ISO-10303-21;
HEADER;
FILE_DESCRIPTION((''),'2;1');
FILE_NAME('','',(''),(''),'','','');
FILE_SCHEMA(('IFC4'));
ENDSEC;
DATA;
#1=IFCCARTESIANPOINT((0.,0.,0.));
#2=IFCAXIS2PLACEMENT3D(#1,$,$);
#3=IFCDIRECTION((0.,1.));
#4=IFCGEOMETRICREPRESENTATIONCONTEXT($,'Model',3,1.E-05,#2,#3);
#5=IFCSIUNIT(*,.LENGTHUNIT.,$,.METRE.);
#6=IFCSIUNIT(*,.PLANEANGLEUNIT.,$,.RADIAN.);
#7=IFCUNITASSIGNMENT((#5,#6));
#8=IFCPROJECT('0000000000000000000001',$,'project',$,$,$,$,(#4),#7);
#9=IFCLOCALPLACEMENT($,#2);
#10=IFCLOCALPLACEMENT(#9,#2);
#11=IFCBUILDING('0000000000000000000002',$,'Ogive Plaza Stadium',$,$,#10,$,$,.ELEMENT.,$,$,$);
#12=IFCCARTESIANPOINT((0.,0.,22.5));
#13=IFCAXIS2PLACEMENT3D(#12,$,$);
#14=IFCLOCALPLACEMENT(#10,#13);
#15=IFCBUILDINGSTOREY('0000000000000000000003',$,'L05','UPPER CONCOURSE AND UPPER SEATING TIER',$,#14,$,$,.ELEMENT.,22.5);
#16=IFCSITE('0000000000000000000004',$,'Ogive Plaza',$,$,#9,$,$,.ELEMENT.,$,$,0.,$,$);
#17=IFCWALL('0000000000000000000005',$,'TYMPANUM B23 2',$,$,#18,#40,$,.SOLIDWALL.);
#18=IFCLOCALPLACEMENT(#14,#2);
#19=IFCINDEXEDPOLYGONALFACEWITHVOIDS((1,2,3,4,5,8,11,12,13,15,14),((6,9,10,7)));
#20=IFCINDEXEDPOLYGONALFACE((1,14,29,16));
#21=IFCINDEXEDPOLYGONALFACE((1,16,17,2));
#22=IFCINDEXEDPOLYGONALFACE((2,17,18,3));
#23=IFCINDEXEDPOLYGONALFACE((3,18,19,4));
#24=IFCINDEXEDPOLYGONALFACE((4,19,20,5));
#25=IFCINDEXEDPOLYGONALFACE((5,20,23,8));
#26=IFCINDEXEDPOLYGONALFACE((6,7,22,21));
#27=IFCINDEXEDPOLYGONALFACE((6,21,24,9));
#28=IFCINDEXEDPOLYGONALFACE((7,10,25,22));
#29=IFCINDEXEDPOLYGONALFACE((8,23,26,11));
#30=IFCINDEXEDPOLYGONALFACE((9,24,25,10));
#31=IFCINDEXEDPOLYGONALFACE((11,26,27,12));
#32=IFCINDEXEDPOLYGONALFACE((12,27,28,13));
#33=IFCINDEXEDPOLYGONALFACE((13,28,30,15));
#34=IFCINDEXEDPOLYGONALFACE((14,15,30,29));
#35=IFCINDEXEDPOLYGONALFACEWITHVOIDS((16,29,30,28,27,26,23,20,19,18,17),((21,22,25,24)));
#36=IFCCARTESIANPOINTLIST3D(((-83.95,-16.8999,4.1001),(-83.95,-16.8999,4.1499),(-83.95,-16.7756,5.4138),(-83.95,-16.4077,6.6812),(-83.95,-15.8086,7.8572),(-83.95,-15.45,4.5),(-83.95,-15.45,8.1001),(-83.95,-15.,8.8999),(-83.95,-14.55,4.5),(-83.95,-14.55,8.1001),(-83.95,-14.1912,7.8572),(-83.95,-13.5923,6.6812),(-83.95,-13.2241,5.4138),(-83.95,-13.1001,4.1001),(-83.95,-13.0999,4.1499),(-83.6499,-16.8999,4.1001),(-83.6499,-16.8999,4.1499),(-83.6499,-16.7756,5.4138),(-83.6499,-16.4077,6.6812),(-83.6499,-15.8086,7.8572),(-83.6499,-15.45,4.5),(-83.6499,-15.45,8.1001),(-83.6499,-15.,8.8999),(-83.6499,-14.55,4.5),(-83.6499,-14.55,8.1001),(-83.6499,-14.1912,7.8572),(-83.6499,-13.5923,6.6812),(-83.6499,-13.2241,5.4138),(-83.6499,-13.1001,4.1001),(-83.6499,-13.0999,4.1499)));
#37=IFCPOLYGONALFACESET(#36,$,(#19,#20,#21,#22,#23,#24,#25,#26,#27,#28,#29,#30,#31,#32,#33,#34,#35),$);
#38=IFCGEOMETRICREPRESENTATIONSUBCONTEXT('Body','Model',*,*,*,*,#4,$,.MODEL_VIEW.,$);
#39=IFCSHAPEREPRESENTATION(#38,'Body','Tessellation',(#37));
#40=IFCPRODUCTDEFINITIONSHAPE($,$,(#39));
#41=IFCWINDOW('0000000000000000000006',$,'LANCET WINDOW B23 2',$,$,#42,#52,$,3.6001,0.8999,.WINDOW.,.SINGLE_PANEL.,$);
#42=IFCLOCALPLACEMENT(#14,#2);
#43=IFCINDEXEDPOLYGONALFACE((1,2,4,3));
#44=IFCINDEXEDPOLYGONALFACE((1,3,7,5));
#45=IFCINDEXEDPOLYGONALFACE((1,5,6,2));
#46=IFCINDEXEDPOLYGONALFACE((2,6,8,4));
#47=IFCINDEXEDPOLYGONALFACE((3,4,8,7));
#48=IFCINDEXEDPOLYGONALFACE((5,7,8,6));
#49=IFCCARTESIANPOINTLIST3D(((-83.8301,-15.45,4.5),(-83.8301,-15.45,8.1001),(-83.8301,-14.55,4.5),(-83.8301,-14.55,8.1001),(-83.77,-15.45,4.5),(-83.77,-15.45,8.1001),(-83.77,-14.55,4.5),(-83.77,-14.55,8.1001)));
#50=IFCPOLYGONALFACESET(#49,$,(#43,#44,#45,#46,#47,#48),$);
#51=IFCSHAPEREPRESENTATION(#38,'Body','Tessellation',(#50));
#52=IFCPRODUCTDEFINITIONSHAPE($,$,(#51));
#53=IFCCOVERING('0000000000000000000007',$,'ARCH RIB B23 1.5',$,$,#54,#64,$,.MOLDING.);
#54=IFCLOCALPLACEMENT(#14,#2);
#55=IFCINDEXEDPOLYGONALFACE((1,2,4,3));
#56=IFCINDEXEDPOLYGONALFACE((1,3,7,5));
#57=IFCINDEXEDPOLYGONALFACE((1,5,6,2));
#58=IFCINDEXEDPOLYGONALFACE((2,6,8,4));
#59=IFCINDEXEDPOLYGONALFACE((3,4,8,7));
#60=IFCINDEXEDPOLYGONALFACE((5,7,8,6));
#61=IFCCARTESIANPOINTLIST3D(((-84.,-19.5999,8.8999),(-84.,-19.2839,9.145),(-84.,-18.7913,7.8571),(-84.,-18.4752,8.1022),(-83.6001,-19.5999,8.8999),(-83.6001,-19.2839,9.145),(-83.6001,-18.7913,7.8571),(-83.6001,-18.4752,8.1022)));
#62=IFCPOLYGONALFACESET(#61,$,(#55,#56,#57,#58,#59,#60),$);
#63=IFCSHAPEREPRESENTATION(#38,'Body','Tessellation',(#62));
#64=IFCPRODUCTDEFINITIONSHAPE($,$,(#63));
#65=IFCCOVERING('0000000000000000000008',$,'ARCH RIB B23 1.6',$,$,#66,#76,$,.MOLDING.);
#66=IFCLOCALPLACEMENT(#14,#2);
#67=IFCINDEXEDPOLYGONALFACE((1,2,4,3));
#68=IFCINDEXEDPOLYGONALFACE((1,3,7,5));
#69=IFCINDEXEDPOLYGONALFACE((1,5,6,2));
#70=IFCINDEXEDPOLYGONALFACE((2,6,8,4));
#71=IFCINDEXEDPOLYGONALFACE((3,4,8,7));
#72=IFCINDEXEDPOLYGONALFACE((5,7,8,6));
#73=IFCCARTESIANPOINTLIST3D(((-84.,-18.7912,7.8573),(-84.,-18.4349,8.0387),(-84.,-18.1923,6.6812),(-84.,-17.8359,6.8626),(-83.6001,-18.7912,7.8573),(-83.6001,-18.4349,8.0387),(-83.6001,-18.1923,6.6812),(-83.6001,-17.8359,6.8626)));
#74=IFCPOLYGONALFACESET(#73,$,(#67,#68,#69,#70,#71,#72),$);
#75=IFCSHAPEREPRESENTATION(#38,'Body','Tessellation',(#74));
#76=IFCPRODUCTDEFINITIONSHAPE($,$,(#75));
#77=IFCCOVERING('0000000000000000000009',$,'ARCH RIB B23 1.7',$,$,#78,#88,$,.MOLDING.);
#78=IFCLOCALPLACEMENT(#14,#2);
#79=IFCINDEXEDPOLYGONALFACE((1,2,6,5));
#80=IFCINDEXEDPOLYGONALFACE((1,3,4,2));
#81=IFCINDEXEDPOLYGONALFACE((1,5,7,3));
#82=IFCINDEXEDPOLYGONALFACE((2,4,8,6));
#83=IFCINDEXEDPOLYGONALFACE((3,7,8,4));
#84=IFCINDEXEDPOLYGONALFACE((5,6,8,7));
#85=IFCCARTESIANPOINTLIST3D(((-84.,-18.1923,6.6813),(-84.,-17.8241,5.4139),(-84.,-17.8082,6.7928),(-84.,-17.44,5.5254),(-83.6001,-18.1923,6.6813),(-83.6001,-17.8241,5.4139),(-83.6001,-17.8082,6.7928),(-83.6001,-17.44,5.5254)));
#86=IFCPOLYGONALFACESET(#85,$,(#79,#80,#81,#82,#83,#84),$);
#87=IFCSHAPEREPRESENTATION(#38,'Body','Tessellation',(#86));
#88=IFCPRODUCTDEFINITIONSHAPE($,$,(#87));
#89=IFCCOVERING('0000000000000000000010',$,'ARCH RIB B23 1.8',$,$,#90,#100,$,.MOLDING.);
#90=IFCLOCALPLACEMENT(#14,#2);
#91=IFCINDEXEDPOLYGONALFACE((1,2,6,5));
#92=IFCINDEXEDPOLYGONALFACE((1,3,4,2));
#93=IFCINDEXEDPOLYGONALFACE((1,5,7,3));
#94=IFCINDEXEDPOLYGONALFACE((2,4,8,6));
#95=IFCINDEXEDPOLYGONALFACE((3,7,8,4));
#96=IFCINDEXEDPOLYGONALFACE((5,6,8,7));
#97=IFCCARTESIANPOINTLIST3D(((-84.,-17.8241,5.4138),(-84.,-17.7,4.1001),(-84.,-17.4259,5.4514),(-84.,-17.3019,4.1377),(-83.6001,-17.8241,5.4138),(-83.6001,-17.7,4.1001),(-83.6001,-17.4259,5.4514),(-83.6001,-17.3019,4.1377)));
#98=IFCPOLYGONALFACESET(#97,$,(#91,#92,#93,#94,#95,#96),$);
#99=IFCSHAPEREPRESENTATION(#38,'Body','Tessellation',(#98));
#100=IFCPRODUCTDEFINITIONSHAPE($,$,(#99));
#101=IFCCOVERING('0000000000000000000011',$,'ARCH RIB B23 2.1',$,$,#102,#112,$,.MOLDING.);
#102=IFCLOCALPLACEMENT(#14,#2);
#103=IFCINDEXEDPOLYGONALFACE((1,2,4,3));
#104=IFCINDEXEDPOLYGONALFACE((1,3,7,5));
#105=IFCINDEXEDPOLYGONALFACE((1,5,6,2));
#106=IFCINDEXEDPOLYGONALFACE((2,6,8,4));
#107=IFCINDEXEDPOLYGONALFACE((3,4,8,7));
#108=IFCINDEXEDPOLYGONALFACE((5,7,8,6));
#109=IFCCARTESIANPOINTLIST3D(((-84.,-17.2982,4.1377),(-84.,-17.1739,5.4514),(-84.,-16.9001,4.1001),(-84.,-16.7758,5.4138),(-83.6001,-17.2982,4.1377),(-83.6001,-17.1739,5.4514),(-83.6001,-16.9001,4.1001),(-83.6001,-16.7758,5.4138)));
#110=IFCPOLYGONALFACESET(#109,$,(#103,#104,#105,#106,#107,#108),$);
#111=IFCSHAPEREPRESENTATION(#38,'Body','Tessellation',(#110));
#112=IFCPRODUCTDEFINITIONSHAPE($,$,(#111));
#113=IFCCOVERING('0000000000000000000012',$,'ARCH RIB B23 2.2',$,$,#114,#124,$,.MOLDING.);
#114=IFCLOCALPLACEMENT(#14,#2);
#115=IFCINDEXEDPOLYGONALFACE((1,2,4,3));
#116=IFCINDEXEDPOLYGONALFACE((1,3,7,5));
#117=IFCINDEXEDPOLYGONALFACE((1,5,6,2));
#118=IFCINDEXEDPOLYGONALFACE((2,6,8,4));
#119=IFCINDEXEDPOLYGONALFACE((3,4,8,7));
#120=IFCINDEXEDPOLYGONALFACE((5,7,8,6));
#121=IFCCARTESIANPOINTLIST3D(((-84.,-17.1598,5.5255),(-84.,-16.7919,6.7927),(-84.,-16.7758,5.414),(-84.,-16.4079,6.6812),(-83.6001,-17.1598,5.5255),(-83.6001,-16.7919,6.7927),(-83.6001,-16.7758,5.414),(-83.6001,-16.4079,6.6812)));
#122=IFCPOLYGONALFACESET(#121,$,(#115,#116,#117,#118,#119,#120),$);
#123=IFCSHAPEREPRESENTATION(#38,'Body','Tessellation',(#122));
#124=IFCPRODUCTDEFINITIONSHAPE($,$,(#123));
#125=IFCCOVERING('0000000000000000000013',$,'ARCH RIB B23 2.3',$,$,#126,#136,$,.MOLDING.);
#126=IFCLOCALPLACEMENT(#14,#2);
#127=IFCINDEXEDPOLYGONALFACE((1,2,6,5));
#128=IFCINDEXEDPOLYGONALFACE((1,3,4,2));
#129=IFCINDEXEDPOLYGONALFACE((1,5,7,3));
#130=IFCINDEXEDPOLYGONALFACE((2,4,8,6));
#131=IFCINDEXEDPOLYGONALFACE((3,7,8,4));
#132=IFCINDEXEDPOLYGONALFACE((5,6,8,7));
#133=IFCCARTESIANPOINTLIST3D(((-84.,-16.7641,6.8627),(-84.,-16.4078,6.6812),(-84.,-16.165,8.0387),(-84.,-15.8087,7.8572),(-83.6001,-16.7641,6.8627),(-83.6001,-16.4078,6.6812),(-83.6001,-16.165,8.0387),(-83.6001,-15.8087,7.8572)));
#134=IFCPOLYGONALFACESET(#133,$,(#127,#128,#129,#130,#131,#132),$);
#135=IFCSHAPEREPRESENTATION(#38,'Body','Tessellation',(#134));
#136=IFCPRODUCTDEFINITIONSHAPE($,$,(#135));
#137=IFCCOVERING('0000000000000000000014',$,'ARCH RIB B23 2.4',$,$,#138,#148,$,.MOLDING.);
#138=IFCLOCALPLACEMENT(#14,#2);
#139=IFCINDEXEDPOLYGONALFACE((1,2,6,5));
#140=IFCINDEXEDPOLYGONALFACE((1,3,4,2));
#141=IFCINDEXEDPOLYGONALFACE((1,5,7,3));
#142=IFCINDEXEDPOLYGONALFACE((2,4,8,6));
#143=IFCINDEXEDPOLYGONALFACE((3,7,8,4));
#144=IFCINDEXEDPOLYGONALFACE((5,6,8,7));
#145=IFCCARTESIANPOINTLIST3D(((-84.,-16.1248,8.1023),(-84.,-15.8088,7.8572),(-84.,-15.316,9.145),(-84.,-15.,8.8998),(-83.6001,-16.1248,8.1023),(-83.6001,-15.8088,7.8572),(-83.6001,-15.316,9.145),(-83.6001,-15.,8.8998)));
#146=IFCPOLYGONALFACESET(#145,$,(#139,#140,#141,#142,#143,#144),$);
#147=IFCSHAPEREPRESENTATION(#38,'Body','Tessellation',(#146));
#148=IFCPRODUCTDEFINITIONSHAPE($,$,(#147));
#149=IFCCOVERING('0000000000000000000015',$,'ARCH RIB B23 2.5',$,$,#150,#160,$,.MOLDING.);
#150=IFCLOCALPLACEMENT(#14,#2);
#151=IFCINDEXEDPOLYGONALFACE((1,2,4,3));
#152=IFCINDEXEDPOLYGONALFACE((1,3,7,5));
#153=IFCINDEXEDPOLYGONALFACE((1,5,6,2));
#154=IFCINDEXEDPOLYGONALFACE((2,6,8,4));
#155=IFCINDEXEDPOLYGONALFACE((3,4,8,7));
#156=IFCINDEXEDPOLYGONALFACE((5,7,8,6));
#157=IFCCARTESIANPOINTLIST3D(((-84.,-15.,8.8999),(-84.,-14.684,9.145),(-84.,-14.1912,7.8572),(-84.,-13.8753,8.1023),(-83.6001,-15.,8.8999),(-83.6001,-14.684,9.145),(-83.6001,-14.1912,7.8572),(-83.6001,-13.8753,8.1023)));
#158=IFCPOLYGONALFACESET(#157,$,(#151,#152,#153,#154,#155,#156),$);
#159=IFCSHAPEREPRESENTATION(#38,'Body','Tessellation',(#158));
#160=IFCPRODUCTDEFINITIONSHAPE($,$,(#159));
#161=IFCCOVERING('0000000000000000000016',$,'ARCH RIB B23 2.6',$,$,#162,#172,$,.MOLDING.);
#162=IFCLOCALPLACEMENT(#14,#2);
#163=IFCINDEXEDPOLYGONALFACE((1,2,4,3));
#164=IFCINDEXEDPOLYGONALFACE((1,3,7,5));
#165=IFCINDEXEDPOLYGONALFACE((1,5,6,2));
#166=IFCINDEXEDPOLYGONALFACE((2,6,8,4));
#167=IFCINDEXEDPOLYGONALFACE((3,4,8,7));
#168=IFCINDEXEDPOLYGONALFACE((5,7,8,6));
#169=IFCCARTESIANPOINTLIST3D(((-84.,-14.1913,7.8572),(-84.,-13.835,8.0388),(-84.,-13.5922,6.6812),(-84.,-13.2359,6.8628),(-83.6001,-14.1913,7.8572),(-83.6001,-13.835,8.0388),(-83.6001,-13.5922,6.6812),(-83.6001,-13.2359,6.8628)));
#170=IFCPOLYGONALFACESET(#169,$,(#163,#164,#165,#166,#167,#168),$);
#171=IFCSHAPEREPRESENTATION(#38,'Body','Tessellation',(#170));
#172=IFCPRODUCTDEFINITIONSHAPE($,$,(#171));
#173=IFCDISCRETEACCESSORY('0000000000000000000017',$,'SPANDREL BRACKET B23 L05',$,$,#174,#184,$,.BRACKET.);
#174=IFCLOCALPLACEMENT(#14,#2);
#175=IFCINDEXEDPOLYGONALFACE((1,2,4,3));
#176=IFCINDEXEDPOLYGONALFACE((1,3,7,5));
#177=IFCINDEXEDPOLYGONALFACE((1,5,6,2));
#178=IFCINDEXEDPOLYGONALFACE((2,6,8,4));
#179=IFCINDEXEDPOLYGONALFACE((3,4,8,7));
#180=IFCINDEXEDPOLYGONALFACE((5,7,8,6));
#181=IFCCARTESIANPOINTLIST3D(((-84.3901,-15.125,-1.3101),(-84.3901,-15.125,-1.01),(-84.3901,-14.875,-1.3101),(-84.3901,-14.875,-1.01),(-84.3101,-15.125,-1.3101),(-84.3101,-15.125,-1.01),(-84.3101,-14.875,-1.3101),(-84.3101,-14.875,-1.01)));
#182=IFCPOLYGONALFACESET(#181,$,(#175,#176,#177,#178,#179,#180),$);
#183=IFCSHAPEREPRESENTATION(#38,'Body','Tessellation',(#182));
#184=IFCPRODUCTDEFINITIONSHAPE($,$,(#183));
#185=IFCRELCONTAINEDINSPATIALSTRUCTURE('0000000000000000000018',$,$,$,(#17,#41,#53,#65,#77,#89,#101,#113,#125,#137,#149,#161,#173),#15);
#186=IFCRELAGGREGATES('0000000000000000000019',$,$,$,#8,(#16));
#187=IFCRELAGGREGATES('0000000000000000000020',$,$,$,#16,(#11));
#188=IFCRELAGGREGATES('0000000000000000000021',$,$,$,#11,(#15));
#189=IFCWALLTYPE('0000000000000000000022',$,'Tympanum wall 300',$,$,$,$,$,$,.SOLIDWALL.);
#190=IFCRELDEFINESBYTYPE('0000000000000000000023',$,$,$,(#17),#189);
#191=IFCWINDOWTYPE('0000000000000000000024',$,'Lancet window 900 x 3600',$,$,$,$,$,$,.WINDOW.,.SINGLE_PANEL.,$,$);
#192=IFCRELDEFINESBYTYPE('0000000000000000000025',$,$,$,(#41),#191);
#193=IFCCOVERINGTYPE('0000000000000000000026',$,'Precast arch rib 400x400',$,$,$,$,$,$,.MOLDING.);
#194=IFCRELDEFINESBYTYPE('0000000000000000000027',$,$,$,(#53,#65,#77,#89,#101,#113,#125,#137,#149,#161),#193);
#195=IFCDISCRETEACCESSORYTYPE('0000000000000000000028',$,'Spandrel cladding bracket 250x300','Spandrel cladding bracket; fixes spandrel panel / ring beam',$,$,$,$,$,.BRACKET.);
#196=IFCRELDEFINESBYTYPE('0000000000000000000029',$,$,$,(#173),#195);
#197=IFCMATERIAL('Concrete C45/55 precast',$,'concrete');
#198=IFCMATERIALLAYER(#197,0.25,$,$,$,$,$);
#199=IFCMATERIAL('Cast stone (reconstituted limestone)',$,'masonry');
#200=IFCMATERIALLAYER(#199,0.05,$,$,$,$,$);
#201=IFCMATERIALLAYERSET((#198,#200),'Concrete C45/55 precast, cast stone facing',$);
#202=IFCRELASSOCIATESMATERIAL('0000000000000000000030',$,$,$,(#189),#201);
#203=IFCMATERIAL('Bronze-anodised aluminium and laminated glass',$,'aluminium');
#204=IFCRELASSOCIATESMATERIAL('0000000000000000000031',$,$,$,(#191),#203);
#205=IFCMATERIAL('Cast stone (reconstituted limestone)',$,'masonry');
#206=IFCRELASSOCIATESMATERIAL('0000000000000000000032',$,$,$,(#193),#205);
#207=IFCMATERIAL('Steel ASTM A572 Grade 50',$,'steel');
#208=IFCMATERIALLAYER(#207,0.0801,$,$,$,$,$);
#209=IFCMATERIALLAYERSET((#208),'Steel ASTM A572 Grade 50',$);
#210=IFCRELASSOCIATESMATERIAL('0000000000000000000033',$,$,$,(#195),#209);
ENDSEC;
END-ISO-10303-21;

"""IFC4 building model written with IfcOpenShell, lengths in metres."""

from ifc_helpers import new_model, si_unit, direction, frame, frame_2d, origin, origin_2d, place, context, subcontext, project, spatial, polyline, rectangle, outline, extrude, material, layer, layer_set, material_profile, profile_set, type_object, element, fill, save


model = new_model("IFC4")

# Units and contexts
model_context = context("Model", 3, precision=1e-05, world=origin(), true_north=direction((0.0, 1.0)))
body_context = subcontext(model_context, "Body", "Model", "MODEL_VIEW")
ifc_project = project(units=[si_unit("LENGTHUNIT", "METRE"), si_unit("PLANEANGLEUNIT", "RADIAN")], contexts=[model_context])

# Site, building, storey
site_placement = place(None, origin())
site = spatial("IfcSite", under=ifc_project, at=site_placement, Name="Ogive Plaza", CompositionType="ELEMENT", RefElevation=0.0)
building_placement = place(site_placement, origin())
building = spatial("IfcBuilding", under=site, at=building_placement, Name="Ogive Plaza Stadium", CompositionType="ELEMENT")
storey_placement = place(building_placement, frame((0.0, 0.0, 22.5)))
storey = spatial("IfcBuildingStorey", under=building, at=storey_placement, Name="L05", Description="UPPER CONCOURSE AND UPPER SEATING TIER", CompositionType="ELEMENT", Elevation=22.5)

# Wall, opening, window
ifc_material_1 = material(Name="Concrete C45/55 precast", Category="concrete")
ifc_layer_1 = layer(ifc_material_1, 0.25)
ifc_material_2 = material(Name="Cast stone (reconstituted limestone)", Category="masonry")
ifc_layer_2 = layer(ifc_material_2, 0.05)
ifc_layer_set_1 = layer_set([ifc_layer_1, ifc_layer_2], Name="Concrete C45/55 precast, cast stone facing")
wall_type = type_object("IfcWallType", Name="Tympanum wall 300", PredefinedType="SOLIDWALL", material=ifc_layer_set_1)
wall_placement = place(storey_placement, frame((-83.8, -16.8999, 4.1001), z_axis=(0.0, 0.0, 1.0), x_axis=(0.0, 1.0, 0.0)))
wall = element("IfcWall", 1, at=wall_placement, inside=storey, type_object=wall_type, Name="TYMPANUM B23 2", PredefinedType="SOLIDWALL", context=body_context, shape_type="SweptSolid", body=[
    extrude(outline(polyline([(0.0, 0.0), (3.7998, 0.0), (3.8, 0.0498), (3.6758, 1.3137), (3.3076, 2.5811), (2.7087, 3.7571), (1.8999, 4.7998), (1.0913, 3.7571), (0.4922, 2.5811), (0.1243, 1.3137), (0.0, 0.0498), (0.0, 0.0)])), frame((0.0, 0.1499, 0.0), z_axis=(0.0, -1.0, 0.0), x_axis=(1.0, 0.0, 0.0)), (0.0, 0.0, 1.0), 0.3),
])
opening_placement = place(wall_placement, frame((1.45, 0.0, 0.3999)))
opening = element("IfcOpeningElement", 2, at=opening_placement, cuts=wall, PredefinedType="OPENING", context=body_context, shape_type="SweptSolid", body=[
    extrude(rectangle(XDim=0.8999, YDim=3.6001, at=frame_2d((0.45, 1.8))), frame((0.0, 0.1602, 0.0), z_axis=(0.0, -1.0, 0.0), x_axis=(1.0, 0.0, 0.0)), (0.0, 0.0, 1.0), 0.3201),
])
ifc_material_3 = material(Name="Bronze-anodised aluminium and laminated glass", Category="aluminium")
window_type = type_object("IfcWindowType", Name="Lancet window 900 x 3600", PartitioningType="SINGLE_PANEL", PredefinedType="WINDOW", material=ifc_material_3)
window_placement = place(opening_placement, origin())
window = element("IfcWindow", 3, at=window_placement, inside=storey, type_object=window_type, Name="LANCET WINDOW B23 2", OverallHeight=3.6001, OverallWidth=0.8999, PartitioningType="SINGLE_PANEL", PredefinedType="WINDOW", context=body_context, shape_type="SweptSolid", body=[
    extrude(rectangle(XDim=0.8999, YDim=3.6001, at=frame_2d((0.45, 1.8))), frame((0.0, 0.03, 0.0), z_axis=(0.0, -1.0, 0.0), x_axis=(1.0, 0.0, 0.0)), (0.0, 0.0, 1.0), 0.0601),
])
fill(opening, window)

# Coverings
ifc_material_4 = material(Name="Cast stone (reconstituted limestone)", Category="masonry")
ifc_material_profile_1 = material_profile(ifc_material_4, rectangle(XDim=0.3999, YDim=0.3999, at=origin_2d()), Name="Cast stone 400x400")
ifc_profile_set_1 = profile_set([ifc_material_profile_1], Name="Cast stone (reconstituted limestone)")
covering_type = type_object("IfcCoveringType", Name="Precast arch rib 400x400", PredefinedType="MOLDING", material=ifc_profile_set_1)
covering_1_placement = place(storey_placement, frame((-83.8, -19.4419, 9.0225), z_axis=(0.0, 0.6128, -0.790238), x_axis=(-1.0, 0.0, 0.0)))
element("IfcCovering", 4, at=covering_1_placement, inside=storey, type_object=covering_type, Name="ARCH RIB B23 1.5", PredefinedType="MOLDING", context=body_context, shape_type="SweptSolid", body=[
    extrude(rectangle(XDim=0.3999, YDim=0.3999, at=origin_2d()), origin(), (0.0, 0.0, 1.0), 1.3196),
])
for number, where, z_axis, x_axis, name in (
    (5, (-83.8, -18.613, 7.948), (0.0, 0.453787, -0.89111), (-1.0, 0.0, 0.0), "ARCH RIB B23 1.6"),
    (6, (-83.8, -18.0002, 6.7371), (0.0, 0.27897, -0.9603), (-1.0, 0.0, 0.0), "ARCH RIB B23 1.7"),
):
    element("IfcCovering", number, at=place(storey_placement, frame(where, z_axis=z_axis, x_axis=x_axis)), inside=storey, type_object=covering_type, Name=name, PredefinedType="MOLDING", context=body_context, shape_type="SweptSolid", body=[
        extrude(rectangle(XDim=0.3999, YDim=0.3999, at=origin_2d()), origin(), (0.0, 0.0, 1.0), 1.3198),
    ])
for number, where, z_axis, x_axis, name in (
    (7, (-83.8, -17.625, 5.4326), (0.0, 0.093988, -0.995573), (-1.0, 0.0, 0.0), "ARCH RIB B23 1.8"),
    (8, (-83.8, -17.0991, 4.1189), (0.0, 0.094172, 0.995556), (-1.0, 0.0, 0.0), "ARCH RIB B23 2.1"),
    (9, (-83.8, -16.9678, 5.4697), (0.0, 0.278799, 0.960349), (-1.0, 0.0, 0.0), "ARCH RIB B23 2.2"),
):
    element("IfcCovering", number, at=place(storey_placement, frame(where, z_axis=z_axis, x_axis=x_axis)), inside=storey, type_object=covering_type, Name=name, PredefinedType="MOLDING", context=body_context, shape_type="SweptSolid", body=[
        extrude(rectangle(XDim=0.3999, YDim=0.3999, at=origin_2d()), origin(), (0.0, 0.0, 1.0), 1.3196),
    ])
covering_2_placement = place(storey_placement, frame((-83.8, -16.5859, 6.772), z_axis=(0.0, 0.453934, 0.891035), x_axis=(-1.0, 0.0, 0.0)))
element("IfcCovering", 10, at=covering_2_placement, inside=storey, type_object=covering_type, Name="ARCH RIB B23 2.3", PredefinedType="MOLDING", context=body_context, shape_type="SweptSolid", body=[
    extrude(rectangle(XDim=0.3999, YDim=0.3999, at=origin_2d()), origin(), (0.0, 0.0, 1.0), 1.3198),
])
for number, where, z_axis, x_axis, name in (
    (11, (-83.8, -15.9668, 7.9797), (0.0, 0.612915, 0.790148), (-1.0, 0.0, 0.0), "ARCH RIB B23 2.4"),
    (12, (-83.8, -14.842, 9.0225), (0.0, 0.612915, -0.790148), (-1.0, 0.0, 0.0), "ARCH RIB B23 2.5"),
):
    element("IfcCovering", number, at=place(storey_placement, frame(where, z_axis=z_axis, x_axis=x_axis)), inside=storey, type_object=covering_type, Name=name, PredefinedType="MOLDING", context=body_context, shape_type="SweptSolid", body=[
        extrude(rectangle(XDim=0.3999, YDim=0.3999, at=origin_2d()), origin(), (0.0, 0.0, 1.0), 1.3196),
    ])
covering_3_placement = place(storey_placement, frame((-83.8, -14.0132, 7.948), z_axis=(0.0, 0.453934, -0.891035), x_axis=(-1.0, 0.0, 0.0)))
element("IfcCovering", 13, at=covering_3_placement, inside=storey, type_object=covering_type, Name="ARCH RIB B23 2.6", PredefinedType="MOLDING", context=body_context, shape_type="SweptSolid", body=[
    extrude(rectangle(XDim=0.3999, YDim=0.3999, at=origin_2d()), origin(), (0.0, 0.0, 1.0), 1.3198),
])

# Discrete accessory
ifc_material_5 = material(Name="Steel ASTM A572 Grade 50", Category="steel")
ifc_layer_3 = layer(ifc_material_5, 0.0801)
ifc_layer_set_2 = layer_set([ifc_layer_3], Name="Steel ASTM A572 Grade 50")
discrete_accessory_type = type_object("IfcDiscreteAccessoryType", Name="Spandrel cladding bracket 250x300", Description="Spandrel cladding bracket; fixes spandrel panel / ring beam", PredefinedType="BRACKET", material=ifc_layer_set_2)
discrete_accessory_placement = place(storey_placement, frame((-84.3501, -15.0, -1.3101), z_axis=(0.0, 0.0, 1.0), x_axis=(0.0, 1.0, 0.0)))
element("IfcDiscreteAccessory", 14, at=discrete_accessory_placement, inside=storey, type_object=discrete_accessory_type, Name="SPANDREL BRACKET B23 L05", PredefinedType="BRACKET", context=body_context, shape_type="SweptSolid", body=[
    extrude(rectangle(XDim=0.25, YDim=0.0801, at=origin_2d()), origin(), (0.0, 0.0, 1.0), 0.3),
])

save(model, "model.ifc")
